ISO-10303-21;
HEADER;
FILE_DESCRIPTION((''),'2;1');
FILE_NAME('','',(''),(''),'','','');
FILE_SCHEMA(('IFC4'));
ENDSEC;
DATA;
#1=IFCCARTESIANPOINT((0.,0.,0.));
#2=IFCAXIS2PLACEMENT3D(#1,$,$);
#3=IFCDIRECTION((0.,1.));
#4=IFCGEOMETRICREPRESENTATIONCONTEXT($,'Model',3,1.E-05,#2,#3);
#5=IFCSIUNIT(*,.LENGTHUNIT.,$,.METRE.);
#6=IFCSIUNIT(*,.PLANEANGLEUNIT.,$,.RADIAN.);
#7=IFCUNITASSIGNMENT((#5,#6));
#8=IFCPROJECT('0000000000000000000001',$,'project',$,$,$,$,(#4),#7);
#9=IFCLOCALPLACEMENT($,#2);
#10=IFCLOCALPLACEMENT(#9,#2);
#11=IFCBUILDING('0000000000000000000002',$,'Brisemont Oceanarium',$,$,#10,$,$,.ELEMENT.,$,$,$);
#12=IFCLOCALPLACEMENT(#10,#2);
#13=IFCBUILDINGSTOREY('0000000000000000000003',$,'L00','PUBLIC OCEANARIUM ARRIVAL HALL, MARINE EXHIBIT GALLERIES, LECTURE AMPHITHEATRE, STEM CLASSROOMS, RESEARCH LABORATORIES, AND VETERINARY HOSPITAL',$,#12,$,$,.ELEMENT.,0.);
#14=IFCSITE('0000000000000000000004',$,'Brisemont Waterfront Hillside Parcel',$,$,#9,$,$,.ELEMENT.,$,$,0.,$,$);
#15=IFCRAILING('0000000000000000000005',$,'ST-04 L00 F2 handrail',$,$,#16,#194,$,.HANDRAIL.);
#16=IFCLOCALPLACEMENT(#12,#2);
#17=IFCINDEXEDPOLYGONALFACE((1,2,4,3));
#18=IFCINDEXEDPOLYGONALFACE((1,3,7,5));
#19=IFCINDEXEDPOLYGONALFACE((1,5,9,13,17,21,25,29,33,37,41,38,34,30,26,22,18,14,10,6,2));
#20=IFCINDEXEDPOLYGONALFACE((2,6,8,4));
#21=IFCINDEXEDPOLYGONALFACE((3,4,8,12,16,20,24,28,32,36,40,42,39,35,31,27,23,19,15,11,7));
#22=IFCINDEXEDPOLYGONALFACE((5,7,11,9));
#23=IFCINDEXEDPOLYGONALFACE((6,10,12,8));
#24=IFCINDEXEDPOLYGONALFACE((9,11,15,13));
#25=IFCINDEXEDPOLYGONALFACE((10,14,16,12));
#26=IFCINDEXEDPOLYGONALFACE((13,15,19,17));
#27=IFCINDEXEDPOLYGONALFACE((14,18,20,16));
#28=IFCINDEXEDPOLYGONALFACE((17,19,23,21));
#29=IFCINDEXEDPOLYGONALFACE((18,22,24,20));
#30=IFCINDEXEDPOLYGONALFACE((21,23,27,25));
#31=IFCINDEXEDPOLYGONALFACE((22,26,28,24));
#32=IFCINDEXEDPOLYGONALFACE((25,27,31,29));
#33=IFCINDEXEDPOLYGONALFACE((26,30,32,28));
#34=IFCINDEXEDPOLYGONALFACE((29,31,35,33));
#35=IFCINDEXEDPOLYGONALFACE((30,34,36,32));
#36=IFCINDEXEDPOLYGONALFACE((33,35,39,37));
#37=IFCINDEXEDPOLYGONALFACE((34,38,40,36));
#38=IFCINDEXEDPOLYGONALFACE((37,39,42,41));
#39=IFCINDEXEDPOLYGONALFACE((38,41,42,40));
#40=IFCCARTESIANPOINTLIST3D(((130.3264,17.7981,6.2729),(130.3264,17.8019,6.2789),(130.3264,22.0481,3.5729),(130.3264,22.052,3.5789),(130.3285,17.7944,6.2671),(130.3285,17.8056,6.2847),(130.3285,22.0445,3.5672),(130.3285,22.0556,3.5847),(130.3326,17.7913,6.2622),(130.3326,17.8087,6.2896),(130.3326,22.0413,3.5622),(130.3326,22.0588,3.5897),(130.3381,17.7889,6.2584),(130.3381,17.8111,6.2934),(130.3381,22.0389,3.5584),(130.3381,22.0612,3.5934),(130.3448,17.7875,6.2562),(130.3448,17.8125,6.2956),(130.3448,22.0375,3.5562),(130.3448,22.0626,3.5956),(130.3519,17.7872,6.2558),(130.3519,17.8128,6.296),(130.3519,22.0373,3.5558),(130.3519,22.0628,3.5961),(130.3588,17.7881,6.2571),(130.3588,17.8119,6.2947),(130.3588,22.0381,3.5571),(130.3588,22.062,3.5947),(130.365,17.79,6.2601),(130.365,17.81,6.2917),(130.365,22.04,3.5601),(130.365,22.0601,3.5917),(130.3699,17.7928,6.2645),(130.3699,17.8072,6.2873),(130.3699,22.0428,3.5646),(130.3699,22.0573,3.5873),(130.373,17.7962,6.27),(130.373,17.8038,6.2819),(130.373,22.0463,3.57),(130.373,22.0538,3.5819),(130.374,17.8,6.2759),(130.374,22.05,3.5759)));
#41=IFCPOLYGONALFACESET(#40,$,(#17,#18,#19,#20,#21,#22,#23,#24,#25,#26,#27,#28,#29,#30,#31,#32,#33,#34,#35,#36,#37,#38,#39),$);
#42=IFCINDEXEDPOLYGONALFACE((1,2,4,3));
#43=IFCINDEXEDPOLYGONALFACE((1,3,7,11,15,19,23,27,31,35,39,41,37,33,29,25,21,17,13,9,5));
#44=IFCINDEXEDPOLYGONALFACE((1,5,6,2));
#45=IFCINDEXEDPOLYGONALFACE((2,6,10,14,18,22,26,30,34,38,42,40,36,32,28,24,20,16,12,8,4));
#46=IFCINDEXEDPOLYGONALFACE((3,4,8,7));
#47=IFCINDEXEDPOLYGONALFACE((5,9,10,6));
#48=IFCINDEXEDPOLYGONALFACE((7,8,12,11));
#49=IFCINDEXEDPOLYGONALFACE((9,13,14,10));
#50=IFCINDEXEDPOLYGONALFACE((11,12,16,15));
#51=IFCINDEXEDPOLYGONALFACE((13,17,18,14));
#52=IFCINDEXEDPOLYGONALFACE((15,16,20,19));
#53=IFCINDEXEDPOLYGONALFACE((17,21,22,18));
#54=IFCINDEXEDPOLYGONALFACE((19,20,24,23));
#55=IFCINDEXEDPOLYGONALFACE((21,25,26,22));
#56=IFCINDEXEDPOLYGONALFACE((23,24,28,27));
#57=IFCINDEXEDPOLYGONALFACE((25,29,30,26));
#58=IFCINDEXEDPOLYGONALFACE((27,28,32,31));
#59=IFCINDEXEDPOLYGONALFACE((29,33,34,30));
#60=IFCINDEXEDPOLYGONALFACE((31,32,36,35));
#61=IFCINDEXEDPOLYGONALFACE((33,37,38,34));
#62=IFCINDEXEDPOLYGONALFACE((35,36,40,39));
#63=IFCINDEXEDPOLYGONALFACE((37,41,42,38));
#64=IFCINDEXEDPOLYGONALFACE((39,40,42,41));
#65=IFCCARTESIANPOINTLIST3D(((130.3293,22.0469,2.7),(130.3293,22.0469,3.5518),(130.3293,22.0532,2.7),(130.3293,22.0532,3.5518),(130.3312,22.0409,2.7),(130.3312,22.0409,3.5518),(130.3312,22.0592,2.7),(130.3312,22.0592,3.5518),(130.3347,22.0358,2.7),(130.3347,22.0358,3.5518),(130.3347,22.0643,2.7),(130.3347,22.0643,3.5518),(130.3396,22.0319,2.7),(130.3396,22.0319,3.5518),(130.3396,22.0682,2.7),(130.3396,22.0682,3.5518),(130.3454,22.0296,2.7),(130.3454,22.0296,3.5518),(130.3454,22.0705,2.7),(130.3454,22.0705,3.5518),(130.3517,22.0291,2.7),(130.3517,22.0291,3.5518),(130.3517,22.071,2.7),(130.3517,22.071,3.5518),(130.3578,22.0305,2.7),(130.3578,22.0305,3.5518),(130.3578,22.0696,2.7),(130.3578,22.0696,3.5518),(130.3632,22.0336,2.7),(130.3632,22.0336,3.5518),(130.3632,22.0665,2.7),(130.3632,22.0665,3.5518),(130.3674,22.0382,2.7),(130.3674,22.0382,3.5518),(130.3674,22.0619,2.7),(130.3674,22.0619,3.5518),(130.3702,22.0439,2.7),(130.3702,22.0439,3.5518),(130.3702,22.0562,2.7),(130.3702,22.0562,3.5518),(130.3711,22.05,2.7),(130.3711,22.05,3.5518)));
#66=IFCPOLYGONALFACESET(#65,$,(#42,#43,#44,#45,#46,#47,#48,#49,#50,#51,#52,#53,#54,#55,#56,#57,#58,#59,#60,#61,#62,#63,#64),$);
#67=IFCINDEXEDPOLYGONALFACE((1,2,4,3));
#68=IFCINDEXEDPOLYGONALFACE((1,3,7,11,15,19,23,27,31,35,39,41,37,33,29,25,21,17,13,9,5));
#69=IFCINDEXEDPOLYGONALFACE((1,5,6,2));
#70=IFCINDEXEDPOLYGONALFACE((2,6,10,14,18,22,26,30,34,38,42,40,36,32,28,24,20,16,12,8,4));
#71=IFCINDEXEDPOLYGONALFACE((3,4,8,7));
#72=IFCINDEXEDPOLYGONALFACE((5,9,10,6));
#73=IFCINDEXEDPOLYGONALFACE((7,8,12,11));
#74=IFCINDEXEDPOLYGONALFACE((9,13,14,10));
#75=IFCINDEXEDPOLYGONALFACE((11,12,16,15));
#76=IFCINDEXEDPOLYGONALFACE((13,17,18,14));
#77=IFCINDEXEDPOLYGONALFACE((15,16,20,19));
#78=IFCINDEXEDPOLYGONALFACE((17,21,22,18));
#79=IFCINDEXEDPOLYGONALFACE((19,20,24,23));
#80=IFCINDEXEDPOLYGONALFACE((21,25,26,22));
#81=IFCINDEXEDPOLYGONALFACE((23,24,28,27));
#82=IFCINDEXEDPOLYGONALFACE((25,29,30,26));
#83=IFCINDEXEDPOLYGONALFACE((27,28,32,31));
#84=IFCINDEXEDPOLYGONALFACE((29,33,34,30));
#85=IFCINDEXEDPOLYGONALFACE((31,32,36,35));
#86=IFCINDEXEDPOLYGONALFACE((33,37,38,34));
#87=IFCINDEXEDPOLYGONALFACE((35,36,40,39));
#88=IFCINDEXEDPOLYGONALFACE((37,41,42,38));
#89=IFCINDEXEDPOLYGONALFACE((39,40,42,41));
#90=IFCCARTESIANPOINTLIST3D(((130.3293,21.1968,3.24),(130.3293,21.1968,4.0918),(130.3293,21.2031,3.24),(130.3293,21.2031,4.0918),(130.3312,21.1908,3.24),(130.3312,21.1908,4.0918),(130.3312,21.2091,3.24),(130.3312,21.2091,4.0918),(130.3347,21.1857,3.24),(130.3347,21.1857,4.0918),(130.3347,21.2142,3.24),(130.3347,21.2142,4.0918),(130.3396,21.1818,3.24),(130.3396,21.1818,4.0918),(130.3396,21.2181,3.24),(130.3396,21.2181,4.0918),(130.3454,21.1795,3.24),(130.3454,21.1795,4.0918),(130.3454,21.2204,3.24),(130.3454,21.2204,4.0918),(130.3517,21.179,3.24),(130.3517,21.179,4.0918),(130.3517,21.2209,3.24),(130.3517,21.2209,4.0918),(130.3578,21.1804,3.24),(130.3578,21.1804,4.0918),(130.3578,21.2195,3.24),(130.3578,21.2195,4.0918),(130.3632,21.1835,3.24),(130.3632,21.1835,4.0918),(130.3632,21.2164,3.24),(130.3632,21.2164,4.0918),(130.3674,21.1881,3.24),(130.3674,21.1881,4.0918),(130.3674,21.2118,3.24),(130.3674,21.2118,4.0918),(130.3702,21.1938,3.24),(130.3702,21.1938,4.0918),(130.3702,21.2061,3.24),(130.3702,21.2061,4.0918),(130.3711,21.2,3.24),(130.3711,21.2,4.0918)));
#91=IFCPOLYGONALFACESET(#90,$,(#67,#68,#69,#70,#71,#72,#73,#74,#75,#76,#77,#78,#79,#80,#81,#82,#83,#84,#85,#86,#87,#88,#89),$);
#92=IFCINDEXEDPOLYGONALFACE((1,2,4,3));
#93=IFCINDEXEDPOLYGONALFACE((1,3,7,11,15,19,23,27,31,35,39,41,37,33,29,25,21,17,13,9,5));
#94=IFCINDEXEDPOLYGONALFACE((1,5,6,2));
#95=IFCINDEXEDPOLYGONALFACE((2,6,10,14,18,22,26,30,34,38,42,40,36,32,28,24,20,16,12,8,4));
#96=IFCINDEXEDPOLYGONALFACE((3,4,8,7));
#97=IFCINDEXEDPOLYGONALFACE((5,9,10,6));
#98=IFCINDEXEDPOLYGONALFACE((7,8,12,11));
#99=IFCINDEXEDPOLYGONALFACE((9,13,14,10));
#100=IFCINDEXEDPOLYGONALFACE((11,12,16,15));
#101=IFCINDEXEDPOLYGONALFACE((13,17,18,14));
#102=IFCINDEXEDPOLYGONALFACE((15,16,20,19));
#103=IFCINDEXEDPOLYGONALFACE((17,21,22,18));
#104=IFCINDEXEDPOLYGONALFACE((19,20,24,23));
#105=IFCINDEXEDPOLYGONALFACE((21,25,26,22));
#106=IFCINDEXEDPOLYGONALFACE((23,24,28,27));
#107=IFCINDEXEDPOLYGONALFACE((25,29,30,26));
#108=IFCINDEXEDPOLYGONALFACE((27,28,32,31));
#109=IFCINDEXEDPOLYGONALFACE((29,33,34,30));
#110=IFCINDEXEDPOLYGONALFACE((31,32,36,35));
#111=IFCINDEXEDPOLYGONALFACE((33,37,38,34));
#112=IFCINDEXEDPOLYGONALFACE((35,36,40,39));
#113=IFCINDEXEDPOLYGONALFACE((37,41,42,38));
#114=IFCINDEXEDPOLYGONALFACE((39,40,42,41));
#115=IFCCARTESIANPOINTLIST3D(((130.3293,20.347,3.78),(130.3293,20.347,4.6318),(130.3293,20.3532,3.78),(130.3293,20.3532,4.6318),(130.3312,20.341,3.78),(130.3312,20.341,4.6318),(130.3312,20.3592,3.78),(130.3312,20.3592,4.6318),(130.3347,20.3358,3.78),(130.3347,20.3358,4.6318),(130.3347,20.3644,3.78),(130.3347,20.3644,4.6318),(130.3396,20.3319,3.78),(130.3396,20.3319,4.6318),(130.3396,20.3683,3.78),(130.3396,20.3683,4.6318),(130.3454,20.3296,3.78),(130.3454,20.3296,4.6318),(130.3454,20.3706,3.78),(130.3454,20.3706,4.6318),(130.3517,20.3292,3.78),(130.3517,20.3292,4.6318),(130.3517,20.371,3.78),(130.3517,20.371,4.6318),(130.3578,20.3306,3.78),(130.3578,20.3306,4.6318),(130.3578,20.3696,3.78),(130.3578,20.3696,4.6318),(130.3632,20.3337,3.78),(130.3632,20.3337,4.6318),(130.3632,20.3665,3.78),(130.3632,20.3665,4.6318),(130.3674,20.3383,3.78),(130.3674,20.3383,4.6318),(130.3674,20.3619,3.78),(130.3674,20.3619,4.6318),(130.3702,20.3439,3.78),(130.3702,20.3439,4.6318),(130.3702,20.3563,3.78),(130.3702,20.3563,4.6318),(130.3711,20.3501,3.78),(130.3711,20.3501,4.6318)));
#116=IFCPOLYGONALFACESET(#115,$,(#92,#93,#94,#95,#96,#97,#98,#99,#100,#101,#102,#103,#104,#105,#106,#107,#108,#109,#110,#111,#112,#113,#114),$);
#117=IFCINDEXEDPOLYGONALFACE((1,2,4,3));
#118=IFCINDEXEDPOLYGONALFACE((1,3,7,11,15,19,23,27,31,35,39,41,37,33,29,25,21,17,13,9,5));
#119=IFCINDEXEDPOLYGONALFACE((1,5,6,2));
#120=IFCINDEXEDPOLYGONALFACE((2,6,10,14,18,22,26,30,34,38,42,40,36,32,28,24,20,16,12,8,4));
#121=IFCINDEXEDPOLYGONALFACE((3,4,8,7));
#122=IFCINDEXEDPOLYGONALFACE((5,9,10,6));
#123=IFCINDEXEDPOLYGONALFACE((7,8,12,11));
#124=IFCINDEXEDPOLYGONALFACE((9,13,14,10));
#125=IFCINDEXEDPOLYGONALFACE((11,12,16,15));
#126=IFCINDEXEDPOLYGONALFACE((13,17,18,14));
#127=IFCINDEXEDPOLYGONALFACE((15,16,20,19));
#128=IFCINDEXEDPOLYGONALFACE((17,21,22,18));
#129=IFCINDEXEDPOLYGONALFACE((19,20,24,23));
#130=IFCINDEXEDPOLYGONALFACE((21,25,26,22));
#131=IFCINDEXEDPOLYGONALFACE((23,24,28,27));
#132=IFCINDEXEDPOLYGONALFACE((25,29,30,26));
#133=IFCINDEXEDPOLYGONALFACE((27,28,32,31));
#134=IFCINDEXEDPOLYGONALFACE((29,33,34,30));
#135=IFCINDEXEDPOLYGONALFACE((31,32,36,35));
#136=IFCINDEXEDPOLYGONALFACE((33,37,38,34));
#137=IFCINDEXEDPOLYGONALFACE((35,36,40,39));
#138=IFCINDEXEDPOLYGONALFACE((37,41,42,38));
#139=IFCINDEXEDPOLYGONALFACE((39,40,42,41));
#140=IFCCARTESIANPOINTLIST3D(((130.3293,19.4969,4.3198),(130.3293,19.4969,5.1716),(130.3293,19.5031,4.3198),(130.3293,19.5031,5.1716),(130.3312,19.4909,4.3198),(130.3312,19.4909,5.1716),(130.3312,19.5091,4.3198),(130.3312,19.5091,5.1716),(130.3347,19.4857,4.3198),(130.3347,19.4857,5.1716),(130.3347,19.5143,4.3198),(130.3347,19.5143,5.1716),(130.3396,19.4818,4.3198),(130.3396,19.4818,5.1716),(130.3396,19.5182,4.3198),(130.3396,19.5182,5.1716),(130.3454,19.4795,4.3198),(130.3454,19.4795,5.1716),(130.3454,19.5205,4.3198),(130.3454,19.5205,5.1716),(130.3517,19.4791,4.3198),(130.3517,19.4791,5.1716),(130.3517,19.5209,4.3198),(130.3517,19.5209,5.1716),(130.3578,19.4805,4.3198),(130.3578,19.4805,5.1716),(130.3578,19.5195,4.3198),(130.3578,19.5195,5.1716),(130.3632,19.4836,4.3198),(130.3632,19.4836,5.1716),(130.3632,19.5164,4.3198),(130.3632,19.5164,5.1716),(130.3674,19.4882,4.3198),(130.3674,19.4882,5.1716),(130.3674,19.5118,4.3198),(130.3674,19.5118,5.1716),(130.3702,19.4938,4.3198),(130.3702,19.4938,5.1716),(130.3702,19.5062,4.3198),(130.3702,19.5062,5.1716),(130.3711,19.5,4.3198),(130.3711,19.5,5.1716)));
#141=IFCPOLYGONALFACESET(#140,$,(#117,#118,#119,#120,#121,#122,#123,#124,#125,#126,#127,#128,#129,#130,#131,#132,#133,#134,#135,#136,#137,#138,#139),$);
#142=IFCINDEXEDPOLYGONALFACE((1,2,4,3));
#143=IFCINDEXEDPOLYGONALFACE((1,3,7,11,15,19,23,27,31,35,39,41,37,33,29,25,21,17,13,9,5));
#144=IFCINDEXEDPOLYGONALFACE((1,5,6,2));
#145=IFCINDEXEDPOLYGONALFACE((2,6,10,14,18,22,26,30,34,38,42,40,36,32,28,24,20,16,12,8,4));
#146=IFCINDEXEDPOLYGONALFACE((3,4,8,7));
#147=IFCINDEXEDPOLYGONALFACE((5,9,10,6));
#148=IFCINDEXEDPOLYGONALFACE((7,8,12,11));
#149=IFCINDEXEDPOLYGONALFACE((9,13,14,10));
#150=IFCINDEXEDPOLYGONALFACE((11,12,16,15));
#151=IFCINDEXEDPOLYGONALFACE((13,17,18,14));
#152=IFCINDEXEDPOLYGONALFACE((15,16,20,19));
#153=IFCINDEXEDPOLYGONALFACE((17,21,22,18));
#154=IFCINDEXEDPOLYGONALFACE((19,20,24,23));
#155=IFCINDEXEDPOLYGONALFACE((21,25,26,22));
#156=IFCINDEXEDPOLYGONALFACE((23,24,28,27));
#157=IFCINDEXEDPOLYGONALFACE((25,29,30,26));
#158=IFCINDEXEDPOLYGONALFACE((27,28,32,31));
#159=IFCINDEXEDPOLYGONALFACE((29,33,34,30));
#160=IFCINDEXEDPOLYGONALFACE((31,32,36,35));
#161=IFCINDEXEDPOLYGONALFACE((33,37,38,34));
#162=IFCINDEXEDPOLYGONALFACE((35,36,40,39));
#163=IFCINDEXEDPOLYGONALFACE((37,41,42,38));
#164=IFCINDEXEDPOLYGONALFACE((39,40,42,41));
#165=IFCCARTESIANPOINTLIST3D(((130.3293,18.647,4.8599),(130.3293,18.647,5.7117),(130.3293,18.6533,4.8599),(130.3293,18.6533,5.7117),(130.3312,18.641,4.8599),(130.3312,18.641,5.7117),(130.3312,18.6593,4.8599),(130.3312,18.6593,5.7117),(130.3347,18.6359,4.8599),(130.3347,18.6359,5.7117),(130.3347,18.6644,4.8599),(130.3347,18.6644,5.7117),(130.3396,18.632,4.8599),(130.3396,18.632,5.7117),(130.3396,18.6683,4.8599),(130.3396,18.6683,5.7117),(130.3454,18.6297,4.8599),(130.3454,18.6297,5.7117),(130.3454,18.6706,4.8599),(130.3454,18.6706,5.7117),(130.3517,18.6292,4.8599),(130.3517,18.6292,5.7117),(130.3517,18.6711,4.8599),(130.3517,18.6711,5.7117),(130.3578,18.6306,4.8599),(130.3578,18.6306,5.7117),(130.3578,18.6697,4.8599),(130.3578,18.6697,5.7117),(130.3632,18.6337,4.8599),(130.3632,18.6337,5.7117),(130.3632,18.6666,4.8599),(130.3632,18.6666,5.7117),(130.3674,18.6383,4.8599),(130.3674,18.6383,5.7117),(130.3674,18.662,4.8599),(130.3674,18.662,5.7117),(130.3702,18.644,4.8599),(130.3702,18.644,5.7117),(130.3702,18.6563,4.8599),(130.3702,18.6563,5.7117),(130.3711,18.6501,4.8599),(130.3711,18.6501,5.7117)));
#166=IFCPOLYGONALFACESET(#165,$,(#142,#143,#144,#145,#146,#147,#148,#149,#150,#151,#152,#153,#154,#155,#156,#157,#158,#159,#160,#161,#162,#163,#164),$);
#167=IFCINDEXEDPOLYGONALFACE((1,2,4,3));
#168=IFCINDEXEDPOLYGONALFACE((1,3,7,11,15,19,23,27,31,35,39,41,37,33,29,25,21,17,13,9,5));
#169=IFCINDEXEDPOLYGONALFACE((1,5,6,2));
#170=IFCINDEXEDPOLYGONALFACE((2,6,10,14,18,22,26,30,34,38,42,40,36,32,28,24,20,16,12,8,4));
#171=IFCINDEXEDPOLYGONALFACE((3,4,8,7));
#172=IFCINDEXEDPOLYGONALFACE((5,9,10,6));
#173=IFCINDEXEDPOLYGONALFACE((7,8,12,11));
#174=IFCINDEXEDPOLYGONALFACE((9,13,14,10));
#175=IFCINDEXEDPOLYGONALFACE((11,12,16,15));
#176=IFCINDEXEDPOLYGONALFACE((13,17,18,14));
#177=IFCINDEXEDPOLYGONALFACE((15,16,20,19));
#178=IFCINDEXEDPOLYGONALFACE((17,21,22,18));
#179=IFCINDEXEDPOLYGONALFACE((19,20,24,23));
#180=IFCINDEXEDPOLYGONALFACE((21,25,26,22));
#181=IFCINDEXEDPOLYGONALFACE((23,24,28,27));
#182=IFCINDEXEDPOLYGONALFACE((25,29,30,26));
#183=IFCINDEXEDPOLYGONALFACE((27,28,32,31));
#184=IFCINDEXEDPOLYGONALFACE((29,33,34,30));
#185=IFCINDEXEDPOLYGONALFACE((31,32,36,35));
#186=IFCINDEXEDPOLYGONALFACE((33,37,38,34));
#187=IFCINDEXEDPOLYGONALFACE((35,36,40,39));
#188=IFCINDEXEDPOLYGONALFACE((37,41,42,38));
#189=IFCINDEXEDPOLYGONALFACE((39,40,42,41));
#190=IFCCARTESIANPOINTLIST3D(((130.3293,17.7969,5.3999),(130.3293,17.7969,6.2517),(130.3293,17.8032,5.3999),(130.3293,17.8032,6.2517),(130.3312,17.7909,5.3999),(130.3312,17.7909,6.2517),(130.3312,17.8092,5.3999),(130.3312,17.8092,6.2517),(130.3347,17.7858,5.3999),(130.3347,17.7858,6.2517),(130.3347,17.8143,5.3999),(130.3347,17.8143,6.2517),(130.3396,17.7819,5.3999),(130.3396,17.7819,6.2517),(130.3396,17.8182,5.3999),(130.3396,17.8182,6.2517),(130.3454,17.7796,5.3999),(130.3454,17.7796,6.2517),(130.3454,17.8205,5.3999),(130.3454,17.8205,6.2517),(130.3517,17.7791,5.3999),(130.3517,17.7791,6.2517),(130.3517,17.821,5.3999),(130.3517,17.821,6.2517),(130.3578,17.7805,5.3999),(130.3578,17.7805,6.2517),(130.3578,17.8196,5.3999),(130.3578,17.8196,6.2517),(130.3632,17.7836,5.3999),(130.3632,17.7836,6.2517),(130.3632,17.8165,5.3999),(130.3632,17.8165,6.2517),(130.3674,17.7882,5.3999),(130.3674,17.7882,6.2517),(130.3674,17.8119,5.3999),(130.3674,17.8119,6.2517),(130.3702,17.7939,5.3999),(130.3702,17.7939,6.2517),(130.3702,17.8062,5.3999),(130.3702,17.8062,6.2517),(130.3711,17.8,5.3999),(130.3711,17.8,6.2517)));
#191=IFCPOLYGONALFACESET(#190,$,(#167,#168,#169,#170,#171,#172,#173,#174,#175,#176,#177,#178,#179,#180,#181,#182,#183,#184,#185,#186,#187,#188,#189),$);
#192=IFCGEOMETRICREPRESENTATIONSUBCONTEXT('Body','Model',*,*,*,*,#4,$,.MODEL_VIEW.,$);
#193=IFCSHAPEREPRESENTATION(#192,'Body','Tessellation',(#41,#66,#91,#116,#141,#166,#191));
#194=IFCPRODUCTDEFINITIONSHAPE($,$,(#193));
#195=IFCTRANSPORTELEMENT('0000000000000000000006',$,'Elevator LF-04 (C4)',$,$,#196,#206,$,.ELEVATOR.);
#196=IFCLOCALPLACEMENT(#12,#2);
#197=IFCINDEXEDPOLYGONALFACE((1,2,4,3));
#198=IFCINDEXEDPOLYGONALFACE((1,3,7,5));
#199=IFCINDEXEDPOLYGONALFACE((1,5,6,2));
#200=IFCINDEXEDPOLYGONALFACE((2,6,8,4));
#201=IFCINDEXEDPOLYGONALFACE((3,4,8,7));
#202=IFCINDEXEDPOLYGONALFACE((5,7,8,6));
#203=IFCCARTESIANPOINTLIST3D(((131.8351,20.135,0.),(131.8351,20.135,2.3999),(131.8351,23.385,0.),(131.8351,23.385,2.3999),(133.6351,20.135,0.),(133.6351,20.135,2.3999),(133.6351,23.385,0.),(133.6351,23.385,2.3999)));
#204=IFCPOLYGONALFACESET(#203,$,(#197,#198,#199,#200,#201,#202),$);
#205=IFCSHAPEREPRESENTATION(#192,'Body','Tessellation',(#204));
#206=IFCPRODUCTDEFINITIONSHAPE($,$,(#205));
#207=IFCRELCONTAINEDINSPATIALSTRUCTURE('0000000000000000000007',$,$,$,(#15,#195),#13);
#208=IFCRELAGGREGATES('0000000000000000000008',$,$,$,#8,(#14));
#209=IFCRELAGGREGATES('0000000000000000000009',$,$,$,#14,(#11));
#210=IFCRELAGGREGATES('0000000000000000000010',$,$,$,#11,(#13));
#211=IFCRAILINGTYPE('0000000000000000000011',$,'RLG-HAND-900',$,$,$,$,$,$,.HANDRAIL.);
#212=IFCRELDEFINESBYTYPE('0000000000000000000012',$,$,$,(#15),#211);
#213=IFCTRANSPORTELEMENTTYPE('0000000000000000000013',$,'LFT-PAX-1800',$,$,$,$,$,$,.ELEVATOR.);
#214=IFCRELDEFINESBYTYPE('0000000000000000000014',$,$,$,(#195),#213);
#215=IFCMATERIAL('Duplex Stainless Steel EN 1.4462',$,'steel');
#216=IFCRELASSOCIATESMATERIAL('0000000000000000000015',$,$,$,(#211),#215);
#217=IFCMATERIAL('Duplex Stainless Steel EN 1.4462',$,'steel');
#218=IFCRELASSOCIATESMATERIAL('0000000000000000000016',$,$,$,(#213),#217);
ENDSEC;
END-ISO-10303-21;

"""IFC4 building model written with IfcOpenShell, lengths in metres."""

from ifc_helpers import new_model, si_unit, direction, frame, origin, origin_2d, place, context, subcontext, project, spatial, rectangle, circle, extrude, material, type_object, element, save


model = new_model("IFC4")

# Units and contexts
model_context = context("Model", 3, precision=1e-05, world=origin(), true_north=direction((0.0, 1.0)))
body_context = subcontext(model_context, "Body", "Model", "MODEL_VIEW")
ifc_project = project(units=[si_unit("LENGTHUNIT", "METRE"), si_unit("PLANEANGLEUNIT", "RADIAN")], contexts=[model_context])

# Site, building, storey
site_placement = place(None, origin())
site = spatial("IfcSite", under=ifc_project, at=site_placement, Name="Brisemont Waterfront Hillside Parcel", CompositionType="ELEMENT", RefElevation=0.0)
building_placement = place(site_placement, origin())
building = spatial("IfcBuilding", under=site, at=building_placement, Name="Brisemont Oceanarium", CompositionType="ELEMENT")
storey_placement = place(building_placement, origin())
storey = spatial("IfcBuildingStorey", under=building, at=storey_placement, Name="L00", Description="PUBLIC OCEANARIUM ARRIVAL HALL, MARINE EXHIBIT GALLERIES, LECTURE AMPHITHEATRE, STEM CLASSROOMS, RESEARCH LABORATORIES, AND VETERINARY HOSPITAL", CompositionType="ELEMENT", Elevation=0.0)

# Railing
ifc_material_1 = material(Name="Duplex Stainless Steel EN 1.4462", Category="steel")
railing_type_1 = type_object("IfcRailingType", Name="RLG-HAND-900", PredefinedType="HANDRAIL", material=ifc_material_1)
railing_1_placement = place(storey_placement, frame((130.3501, 22.05, 2.7)))
element("IfcRailing", 1, at=railing_1_placement, inside=storey, type_object=railing_type_1, Name="ST-04 L00 F2 handrail", PredefinedType="HANDRAIL", context=body_context, shape_type="SweptSolid", body=[
    extrude(circle(Radius=0.0239, at=origin_2d()), frame((0.0, 0.0, 0.876), z_axis=(0.0, -0.844075, 0.536226), x_axis=(1.0, 0.0, 0.0)), (0.0, 0.0, 1.0), 5.0352),
    extrude(circle(Radius=0.021, at=origin_2d()), origin(), (0.0, 0.0, 1.0), 0.8518),
    extrude(circle(Radius=0.021, at=origin_2d()), frame((0.0, -0.8501, 0.54)), (0.0, 0.0, 1.0), 0.8518),
    extrude(circle(Radius=0.021, at=origin_2d()), frame((0.0, -1.7, 1.0801)), (0.0, 0.0, 1.0), 0.8518),
    extrude(circle(Radius=0.021, at=origin_2d()), frame((0.0, -2.55, 1.6199)), (0.0, 0.0, 1.0), 0.8518),
    extrude(circle(Radius=0.021, at=origin_2d()), frame((0.0, -3.3999, 2.1599)), (0.0, 0.0, 1.0), 0.8518),
    extrude(circle(Radius=0.021, at=origin_2d()), frame((0.0, -4.25, 2.7)), (0.0, 0.0, 1.0), 0.8518),
])

# Transport element
ifc_material_2 = material(Name="Duplex Stainless Steel EN 1.4462", Category="steel")
transport_element_type = type_object("IfcTransportElementType", Name="LFT-PAX-1800", PredefinedType="ELEVATOR", material=ifc_material_2)
transport_element_placement = place(storey_placement, frame((132.7351, 21.76, 0.0), z_axis=(0.0, 0.0, 1.0), x_axis=(1.0, 0.0, 0.0)))
element("IfcTransportElement", 2, at=transport_element_placement, inside=storey, type_object=transport_element_type, Name="Elevator LF-04 (C4)", PredefinedType="ELEVATOR", context=body_context, shape_type="SweptSolid", body=[
    extrude(rectangle(XDim=1.8, YDim=3.25, at=origin_2d()), origin(), (0.0, 0.0, 1.0), 2.3999),
])

save(model, "model.ifc")
